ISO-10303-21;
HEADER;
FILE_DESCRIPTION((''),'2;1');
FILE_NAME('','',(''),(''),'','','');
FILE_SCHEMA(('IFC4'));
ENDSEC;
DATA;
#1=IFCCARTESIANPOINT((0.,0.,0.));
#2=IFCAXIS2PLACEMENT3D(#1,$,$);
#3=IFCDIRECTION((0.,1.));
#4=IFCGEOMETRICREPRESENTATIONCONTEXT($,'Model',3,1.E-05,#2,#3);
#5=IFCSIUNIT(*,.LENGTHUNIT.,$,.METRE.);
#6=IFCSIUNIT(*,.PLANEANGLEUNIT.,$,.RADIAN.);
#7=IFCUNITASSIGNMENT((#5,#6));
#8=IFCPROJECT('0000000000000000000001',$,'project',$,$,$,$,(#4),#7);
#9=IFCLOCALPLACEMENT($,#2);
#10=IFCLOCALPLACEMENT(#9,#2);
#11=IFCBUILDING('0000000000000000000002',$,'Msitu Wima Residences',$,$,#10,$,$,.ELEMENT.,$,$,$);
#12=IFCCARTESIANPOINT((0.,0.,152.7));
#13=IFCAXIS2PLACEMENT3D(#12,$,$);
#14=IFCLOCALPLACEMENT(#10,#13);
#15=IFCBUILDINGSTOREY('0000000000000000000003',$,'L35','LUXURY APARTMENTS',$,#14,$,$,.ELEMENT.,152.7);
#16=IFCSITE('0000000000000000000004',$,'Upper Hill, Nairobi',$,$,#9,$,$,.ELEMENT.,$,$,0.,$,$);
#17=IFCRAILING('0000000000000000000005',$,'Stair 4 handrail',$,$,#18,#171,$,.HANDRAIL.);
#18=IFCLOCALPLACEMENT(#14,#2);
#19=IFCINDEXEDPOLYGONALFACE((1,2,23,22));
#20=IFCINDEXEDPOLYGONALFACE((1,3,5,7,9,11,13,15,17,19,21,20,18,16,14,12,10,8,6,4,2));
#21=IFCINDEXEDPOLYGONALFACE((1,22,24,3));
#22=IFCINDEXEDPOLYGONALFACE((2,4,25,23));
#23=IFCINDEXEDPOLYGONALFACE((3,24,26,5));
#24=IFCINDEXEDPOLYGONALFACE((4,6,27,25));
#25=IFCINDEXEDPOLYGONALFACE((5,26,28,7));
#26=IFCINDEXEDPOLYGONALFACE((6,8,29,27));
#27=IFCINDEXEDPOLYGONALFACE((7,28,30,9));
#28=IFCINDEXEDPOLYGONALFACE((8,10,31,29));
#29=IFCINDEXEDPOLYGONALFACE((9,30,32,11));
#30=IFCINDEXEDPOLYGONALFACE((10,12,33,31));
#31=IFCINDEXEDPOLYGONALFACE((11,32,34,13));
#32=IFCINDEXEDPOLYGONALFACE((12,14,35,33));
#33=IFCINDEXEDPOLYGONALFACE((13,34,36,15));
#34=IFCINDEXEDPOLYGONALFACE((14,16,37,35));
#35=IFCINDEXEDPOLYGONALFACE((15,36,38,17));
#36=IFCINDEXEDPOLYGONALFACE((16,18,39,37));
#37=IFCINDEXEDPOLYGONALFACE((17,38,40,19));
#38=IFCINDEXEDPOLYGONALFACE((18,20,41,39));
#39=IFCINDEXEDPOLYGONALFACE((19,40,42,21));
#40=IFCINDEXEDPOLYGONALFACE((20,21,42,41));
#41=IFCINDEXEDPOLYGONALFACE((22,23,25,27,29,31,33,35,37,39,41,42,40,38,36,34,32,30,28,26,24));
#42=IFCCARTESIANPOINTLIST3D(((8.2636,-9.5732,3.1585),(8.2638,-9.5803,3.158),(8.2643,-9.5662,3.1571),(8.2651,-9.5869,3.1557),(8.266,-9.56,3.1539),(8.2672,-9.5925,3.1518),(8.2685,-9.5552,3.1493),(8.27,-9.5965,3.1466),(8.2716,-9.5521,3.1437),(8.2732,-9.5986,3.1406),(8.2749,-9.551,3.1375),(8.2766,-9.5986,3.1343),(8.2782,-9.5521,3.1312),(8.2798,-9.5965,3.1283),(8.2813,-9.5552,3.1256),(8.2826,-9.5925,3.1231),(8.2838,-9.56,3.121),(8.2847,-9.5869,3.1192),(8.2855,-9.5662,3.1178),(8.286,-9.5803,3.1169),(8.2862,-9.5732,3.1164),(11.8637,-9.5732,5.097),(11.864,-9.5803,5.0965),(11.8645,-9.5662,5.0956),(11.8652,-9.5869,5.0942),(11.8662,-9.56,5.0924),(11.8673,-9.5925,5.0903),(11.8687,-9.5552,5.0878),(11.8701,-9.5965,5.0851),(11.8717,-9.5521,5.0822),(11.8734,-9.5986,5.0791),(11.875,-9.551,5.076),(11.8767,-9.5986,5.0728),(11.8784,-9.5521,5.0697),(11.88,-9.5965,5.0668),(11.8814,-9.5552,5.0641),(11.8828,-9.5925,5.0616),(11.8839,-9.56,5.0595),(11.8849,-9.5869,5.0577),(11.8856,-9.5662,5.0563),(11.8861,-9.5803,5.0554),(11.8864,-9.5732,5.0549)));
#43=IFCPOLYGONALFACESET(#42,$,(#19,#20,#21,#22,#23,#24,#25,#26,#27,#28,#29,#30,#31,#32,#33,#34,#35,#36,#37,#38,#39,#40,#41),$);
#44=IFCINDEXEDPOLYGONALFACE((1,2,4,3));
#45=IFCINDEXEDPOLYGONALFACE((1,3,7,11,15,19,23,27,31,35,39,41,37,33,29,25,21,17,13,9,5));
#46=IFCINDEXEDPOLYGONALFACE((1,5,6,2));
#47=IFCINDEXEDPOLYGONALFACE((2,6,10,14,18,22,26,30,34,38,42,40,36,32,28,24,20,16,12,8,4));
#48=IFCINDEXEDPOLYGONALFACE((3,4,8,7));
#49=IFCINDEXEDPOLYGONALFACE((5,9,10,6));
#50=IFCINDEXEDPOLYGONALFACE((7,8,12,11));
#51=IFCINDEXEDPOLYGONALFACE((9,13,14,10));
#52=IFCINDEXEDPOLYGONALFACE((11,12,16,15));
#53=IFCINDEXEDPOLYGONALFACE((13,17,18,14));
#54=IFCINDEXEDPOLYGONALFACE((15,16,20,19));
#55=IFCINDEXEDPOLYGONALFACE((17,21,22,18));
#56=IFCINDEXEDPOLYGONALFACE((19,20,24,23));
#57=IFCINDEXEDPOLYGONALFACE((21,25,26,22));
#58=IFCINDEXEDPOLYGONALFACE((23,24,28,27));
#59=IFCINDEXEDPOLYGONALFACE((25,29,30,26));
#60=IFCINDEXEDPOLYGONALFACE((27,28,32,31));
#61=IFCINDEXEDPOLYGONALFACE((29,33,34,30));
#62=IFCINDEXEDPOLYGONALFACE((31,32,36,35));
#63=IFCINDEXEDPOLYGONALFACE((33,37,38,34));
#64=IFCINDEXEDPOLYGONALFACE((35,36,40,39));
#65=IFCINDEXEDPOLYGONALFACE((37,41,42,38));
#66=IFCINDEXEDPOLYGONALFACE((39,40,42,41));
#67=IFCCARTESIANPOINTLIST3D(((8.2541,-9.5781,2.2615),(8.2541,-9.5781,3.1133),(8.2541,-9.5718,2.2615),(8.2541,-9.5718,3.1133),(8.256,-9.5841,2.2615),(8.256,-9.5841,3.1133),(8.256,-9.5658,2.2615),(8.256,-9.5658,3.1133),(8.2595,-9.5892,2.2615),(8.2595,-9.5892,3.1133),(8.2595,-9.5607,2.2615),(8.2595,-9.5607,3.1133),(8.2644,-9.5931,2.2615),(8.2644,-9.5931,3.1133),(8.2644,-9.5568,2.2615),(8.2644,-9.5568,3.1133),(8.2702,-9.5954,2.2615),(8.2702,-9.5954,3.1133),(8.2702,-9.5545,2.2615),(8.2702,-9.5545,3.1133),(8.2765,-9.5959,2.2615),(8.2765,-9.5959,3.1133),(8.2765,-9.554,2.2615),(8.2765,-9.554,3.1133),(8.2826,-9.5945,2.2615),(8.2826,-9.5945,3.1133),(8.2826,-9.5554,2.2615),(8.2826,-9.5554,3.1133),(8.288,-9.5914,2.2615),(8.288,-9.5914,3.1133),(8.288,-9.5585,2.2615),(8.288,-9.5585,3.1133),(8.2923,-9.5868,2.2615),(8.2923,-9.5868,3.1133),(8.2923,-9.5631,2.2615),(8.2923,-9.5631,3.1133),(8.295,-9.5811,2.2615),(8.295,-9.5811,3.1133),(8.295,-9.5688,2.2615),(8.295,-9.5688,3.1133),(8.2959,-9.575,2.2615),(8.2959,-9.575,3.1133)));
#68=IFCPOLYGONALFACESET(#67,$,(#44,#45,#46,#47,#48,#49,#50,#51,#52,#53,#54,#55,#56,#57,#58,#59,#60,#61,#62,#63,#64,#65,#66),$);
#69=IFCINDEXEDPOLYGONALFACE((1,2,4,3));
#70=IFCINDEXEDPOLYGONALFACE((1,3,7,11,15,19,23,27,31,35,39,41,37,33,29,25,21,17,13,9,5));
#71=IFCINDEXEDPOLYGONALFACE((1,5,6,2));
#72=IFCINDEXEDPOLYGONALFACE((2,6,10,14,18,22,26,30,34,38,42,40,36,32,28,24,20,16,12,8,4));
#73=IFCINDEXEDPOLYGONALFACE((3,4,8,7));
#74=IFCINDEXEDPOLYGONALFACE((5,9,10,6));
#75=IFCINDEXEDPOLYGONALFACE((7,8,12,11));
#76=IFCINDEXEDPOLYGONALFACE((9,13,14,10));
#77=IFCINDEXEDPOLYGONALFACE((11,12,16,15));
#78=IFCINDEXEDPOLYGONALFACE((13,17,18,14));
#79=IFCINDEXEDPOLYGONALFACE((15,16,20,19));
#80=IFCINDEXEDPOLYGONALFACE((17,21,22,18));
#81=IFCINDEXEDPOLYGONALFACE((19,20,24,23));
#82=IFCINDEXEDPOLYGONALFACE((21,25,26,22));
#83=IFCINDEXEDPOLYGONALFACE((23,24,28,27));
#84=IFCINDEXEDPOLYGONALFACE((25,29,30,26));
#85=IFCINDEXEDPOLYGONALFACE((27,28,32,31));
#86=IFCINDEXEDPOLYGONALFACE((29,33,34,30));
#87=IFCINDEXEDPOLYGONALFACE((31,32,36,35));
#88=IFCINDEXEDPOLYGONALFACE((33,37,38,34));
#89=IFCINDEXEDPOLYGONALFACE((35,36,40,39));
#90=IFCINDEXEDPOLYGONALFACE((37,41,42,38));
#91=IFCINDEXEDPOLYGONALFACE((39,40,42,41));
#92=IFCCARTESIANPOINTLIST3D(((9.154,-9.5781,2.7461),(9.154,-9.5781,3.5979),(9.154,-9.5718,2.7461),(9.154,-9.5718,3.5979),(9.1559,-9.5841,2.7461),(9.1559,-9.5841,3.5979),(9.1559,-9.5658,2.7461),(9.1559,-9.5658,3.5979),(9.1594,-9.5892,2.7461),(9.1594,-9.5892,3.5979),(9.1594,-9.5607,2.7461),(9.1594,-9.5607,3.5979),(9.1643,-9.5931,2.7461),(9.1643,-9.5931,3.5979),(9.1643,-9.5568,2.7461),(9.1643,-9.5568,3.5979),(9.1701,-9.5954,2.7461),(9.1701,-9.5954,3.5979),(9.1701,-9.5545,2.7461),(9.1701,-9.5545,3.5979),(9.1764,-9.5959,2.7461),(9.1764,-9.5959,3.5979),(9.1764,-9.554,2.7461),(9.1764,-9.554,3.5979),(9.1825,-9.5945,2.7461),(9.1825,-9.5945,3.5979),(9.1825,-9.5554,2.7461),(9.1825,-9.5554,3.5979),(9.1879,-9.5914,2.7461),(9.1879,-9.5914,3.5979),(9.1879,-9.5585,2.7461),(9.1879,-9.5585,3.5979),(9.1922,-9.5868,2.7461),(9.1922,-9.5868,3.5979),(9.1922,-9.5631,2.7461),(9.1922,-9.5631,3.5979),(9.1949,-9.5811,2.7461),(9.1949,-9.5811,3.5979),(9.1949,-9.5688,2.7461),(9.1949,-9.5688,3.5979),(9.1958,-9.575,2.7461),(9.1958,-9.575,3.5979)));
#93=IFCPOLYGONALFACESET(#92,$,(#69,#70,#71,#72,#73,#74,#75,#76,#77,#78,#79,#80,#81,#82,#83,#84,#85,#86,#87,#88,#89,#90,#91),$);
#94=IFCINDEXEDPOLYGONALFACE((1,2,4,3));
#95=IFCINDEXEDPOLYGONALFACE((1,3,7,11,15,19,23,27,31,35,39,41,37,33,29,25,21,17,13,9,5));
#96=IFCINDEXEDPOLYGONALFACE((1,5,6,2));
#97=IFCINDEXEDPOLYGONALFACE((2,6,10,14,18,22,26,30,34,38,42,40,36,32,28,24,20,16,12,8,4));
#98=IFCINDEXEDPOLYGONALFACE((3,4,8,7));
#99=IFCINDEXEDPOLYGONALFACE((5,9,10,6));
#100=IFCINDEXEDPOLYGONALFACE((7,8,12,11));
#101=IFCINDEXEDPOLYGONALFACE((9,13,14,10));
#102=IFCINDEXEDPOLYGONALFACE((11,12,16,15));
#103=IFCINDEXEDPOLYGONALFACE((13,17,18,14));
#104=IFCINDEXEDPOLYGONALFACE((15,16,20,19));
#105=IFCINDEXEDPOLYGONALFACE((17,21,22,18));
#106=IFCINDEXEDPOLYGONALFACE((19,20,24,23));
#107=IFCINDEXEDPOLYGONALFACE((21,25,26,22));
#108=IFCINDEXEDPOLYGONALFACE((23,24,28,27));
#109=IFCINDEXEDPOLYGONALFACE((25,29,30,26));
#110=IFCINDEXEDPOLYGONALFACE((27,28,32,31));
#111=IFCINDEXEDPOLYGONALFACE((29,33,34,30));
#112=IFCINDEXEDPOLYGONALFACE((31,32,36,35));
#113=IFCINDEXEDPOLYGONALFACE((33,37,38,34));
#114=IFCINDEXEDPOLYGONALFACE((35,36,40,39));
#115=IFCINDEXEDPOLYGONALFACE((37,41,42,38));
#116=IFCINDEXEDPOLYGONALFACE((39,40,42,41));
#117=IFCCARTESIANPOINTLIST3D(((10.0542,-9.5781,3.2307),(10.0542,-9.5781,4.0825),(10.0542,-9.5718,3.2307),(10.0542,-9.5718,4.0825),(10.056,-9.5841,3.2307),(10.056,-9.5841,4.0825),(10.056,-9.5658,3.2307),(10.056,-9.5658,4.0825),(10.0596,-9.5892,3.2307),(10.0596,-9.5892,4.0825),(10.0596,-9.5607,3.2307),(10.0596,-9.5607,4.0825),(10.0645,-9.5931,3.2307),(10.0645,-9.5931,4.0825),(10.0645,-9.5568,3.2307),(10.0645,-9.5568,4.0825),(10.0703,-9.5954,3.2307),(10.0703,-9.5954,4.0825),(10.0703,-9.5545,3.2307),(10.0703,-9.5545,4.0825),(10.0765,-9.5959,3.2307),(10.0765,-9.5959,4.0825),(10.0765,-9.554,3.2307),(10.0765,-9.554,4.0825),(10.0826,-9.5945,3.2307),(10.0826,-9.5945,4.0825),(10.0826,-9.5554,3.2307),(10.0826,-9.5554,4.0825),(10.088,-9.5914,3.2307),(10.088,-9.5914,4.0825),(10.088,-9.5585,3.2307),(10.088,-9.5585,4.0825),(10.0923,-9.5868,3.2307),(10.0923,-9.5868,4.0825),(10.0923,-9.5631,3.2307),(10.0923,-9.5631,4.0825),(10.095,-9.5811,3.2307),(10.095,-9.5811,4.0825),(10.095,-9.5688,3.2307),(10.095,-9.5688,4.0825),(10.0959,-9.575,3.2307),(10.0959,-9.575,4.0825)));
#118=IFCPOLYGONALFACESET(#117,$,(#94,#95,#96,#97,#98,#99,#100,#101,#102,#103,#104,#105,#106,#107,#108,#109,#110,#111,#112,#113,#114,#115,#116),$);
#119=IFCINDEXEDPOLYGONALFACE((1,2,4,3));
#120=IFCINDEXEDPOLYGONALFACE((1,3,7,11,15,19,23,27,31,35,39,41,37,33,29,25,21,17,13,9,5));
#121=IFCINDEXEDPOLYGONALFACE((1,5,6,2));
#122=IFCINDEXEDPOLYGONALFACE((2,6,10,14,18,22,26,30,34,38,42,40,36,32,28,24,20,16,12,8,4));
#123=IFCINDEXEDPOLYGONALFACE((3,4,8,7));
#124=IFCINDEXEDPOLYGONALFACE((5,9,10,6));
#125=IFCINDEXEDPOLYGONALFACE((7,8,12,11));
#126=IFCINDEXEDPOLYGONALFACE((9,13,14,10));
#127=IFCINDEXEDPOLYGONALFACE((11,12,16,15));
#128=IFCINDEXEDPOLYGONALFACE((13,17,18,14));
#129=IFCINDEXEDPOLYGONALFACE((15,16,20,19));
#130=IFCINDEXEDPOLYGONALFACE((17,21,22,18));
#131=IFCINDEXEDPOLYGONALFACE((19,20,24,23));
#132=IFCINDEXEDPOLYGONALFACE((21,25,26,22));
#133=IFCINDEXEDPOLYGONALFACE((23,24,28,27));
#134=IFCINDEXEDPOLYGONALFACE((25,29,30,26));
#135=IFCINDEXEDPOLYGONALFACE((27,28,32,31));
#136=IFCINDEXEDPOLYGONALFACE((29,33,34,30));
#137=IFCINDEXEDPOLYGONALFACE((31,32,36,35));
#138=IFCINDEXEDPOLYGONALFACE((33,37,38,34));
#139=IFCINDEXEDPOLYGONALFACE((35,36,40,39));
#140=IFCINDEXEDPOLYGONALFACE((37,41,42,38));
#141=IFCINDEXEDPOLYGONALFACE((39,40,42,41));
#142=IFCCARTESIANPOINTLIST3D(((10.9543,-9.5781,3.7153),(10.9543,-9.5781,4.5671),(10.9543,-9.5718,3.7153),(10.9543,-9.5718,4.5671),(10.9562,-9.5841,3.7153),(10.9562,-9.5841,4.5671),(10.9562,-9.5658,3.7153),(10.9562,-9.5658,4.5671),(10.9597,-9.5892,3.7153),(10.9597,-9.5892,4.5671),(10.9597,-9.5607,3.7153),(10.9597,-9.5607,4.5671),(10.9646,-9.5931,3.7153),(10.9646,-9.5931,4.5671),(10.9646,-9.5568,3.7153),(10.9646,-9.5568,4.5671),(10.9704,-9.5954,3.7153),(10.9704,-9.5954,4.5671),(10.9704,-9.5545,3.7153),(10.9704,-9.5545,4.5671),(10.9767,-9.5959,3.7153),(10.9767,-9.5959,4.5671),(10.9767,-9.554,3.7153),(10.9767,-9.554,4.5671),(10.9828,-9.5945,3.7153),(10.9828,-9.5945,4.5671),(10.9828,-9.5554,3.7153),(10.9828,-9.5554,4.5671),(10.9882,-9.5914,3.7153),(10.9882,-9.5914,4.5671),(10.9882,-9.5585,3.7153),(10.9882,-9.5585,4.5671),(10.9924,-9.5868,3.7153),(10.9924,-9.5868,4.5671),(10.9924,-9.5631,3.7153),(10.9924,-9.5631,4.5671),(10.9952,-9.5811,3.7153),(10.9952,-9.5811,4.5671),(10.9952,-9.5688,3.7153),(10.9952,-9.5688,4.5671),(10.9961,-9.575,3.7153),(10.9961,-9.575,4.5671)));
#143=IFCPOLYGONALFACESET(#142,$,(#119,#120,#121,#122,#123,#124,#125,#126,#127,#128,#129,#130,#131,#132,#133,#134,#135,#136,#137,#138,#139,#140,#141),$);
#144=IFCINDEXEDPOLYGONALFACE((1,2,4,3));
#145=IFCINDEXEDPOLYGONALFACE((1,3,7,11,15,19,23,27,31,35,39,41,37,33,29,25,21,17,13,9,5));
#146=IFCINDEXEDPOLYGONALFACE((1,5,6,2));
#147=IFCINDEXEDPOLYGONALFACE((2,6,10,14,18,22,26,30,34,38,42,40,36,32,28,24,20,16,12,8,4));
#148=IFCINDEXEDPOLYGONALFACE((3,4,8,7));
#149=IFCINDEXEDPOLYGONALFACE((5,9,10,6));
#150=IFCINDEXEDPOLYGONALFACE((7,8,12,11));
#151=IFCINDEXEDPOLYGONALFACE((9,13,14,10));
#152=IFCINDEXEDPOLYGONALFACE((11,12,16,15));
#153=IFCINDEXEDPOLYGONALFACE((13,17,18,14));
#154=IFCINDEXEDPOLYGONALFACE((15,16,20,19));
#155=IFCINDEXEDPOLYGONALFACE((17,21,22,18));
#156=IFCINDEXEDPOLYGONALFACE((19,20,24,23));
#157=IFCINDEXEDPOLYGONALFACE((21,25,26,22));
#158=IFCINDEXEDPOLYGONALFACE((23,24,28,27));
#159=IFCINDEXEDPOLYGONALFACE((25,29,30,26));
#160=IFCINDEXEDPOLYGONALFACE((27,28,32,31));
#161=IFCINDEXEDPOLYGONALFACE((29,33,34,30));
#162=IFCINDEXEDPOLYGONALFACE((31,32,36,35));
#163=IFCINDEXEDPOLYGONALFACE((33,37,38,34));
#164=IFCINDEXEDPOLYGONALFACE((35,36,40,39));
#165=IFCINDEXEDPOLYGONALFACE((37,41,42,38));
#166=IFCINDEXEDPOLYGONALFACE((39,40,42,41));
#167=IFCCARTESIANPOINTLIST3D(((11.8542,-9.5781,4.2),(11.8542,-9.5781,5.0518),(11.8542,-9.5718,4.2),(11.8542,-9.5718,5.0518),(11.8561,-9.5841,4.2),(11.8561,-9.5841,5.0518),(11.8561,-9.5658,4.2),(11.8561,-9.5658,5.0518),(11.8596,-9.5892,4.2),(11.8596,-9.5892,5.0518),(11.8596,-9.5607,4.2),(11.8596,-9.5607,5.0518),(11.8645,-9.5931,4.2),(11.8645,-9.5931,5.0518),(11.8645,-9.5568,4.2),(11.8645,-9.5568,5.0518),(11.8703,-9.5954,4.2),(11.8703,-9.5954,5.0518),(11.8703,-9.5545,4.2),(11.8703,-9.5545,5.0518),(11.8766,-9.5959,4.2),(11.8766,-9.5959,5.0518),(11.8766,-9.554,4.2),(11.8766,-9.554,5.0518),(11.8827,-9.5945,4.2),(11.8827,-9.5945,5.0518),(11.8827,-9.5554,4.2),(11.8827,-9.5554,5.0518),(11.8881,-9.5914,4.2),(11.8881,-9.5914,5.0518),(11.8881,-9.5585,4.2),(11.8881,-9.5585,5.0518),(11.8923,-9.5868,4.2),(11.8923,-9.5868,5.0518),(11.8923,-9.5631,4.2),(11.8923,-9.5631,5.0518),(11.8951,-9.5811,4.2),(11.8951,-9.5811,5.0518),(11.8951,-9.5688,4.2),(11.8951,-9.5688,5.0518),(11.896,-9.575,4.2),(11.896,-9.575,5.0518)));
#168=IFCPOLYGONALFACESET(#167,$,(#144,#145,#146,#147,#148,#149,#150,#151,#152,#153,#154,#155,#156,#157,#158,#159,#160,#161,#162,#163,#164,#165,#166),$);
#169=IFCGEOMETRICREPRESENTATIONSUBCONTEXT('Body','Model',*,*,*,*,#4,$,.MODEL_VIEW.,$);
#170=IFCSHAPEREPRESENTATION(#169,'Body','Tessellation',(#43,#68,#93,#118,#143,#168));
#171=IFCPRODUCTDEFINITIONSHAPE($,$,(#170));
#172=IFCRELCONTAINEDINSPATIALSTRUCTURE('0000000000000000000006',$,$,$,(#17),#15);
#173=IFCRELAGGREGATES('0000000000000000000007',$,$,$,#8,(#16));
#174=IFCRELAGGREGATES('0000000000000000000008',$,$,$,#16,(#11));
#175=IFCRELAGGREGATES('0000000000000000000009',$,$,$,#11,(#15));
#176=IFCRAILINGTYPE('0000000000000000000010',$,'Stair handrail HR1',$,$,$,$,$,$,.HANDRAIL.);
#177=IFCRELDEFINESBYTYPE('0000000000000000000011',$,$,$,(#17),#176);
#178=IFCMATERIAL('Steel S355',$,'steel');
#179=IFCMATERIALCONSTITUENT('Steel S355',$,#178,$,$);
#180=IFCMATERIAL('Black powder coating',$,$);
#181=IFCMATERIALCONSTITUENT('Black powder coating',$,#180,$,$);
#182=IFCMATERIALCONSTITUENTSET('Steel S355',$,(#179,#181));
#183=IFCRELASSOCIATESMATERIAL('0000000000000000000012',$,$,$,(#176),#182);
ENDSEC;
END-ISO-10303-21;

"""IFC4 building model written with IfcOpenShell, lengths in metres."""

from ifc_helpers import new_model, si_unit, direction, frame, origin, origin_2d, place, context, subcontext, project, spatial, circle, extrude, material, constituent, constituent_set, type_object, element, save


model = new_model("IFC4")

# Units and contexts
model_context = context("Model", 3, precision=1e-05, world=origin(), true_north=direction((0.0, 1.0)))
body_context = subcontext(model_context, "Body", "Model", "MODEL_VIEW")
ifc_project = project(units=[si_unit("LENGTHUNIT", "METRE"), si_unit("PLANEANGLEUNIT", "RADIAN")], contexts=[model_context])

# Site, building, storey
site_placement = place(None, origin())
site = spatial("IfcSite", under=ifc_project, at=site_placement, Name="Upper Hill, Nairobi", CompositionType="ELEMENT", RefElevation=0.0)
building_placement = place(site_placement, origin())
building = spatial("IfcBuilding", under=site, at=building_placement, Name="Msitu Wima Residences", CompositionType="ELEMENT")
storey_placement = place(building_placement, frame((0.0, 0.0, 152.7)))
storey = spatial("IfcBuildingStorey", under=building, at=storey_placement, Name="L35", Description="LUXURY APARTMENTS", CompositionType="ELEMENT", Elevation=152.7)

# Railing
ifc_material_1 = material(Name="Steel S355", Category="steel")
ifc_constituent_1 = constituent(ifc_material_1, Name="Steel S355")
ifc_material_2 = material(Name="Black powder coating")
ifc_constituent_2 = constituent(ifc_material_2, Name="Black powder coating")
ifc_constituent_set = constituent_set(constituents=[ifc_constituent_1, ifc_constituent_2], Name="Steel S355")
railing_type = type_object("IfcRailingType", Name="Stair handrail HR1", PredefinedType="HANDRAIL", material=ifc_constituent_set)
for number, where, name in (
    (1, (8.2749, -9.575, 2.2615), "Stair 4 handrail"),
):
    element("IfcRailing", number, at=place(storey_placement, frame(where)), inside=storey, type_object=railing_type, Name=name, PredefinedType="HANDRAIL", context=body_context, shape_type="SweptSolid", body=[
        extrude(circle(Radius=0.0239, at=origin_2d()), frame((0.0, 0.0, 0.876), z_axis=(0.880475, 0.0, 0.474093), x_axis=(0.0, 1.0, 0.0)), (0.0, 0.0, 1.0), 4.0889),
        extrude(circle(Radius=0.021, at=origin_2d()), origin(), (0.0, 0.0, 1.0), 0.8518),
        extrude(circle(Radius=0.021, at=origin_2d()), frame((0.8999, 0.0, 0.4846)), (0.0, 0.0, 1.0), 0.8518),
        extrude(circle(Radius=0.021, at=origin_2d()), frame((1.8, 0.0, 0.9692)), (0.0, 0.0, 1.0), 0.8518),
        extrude(circle(Radius=0.021, at=origin_2d()), frame((2.7002, 0.0, 1.4539)), (0.0, 0.0, 1.0), 0.8518),
        extrude(circle(Radius=0.021, at=origin_2d()), frame((3.6001, 0.0, 1.9385)), (0.0, 0.0, 1.0), 0.8518),
    ])

save(model, "model.ifc")
